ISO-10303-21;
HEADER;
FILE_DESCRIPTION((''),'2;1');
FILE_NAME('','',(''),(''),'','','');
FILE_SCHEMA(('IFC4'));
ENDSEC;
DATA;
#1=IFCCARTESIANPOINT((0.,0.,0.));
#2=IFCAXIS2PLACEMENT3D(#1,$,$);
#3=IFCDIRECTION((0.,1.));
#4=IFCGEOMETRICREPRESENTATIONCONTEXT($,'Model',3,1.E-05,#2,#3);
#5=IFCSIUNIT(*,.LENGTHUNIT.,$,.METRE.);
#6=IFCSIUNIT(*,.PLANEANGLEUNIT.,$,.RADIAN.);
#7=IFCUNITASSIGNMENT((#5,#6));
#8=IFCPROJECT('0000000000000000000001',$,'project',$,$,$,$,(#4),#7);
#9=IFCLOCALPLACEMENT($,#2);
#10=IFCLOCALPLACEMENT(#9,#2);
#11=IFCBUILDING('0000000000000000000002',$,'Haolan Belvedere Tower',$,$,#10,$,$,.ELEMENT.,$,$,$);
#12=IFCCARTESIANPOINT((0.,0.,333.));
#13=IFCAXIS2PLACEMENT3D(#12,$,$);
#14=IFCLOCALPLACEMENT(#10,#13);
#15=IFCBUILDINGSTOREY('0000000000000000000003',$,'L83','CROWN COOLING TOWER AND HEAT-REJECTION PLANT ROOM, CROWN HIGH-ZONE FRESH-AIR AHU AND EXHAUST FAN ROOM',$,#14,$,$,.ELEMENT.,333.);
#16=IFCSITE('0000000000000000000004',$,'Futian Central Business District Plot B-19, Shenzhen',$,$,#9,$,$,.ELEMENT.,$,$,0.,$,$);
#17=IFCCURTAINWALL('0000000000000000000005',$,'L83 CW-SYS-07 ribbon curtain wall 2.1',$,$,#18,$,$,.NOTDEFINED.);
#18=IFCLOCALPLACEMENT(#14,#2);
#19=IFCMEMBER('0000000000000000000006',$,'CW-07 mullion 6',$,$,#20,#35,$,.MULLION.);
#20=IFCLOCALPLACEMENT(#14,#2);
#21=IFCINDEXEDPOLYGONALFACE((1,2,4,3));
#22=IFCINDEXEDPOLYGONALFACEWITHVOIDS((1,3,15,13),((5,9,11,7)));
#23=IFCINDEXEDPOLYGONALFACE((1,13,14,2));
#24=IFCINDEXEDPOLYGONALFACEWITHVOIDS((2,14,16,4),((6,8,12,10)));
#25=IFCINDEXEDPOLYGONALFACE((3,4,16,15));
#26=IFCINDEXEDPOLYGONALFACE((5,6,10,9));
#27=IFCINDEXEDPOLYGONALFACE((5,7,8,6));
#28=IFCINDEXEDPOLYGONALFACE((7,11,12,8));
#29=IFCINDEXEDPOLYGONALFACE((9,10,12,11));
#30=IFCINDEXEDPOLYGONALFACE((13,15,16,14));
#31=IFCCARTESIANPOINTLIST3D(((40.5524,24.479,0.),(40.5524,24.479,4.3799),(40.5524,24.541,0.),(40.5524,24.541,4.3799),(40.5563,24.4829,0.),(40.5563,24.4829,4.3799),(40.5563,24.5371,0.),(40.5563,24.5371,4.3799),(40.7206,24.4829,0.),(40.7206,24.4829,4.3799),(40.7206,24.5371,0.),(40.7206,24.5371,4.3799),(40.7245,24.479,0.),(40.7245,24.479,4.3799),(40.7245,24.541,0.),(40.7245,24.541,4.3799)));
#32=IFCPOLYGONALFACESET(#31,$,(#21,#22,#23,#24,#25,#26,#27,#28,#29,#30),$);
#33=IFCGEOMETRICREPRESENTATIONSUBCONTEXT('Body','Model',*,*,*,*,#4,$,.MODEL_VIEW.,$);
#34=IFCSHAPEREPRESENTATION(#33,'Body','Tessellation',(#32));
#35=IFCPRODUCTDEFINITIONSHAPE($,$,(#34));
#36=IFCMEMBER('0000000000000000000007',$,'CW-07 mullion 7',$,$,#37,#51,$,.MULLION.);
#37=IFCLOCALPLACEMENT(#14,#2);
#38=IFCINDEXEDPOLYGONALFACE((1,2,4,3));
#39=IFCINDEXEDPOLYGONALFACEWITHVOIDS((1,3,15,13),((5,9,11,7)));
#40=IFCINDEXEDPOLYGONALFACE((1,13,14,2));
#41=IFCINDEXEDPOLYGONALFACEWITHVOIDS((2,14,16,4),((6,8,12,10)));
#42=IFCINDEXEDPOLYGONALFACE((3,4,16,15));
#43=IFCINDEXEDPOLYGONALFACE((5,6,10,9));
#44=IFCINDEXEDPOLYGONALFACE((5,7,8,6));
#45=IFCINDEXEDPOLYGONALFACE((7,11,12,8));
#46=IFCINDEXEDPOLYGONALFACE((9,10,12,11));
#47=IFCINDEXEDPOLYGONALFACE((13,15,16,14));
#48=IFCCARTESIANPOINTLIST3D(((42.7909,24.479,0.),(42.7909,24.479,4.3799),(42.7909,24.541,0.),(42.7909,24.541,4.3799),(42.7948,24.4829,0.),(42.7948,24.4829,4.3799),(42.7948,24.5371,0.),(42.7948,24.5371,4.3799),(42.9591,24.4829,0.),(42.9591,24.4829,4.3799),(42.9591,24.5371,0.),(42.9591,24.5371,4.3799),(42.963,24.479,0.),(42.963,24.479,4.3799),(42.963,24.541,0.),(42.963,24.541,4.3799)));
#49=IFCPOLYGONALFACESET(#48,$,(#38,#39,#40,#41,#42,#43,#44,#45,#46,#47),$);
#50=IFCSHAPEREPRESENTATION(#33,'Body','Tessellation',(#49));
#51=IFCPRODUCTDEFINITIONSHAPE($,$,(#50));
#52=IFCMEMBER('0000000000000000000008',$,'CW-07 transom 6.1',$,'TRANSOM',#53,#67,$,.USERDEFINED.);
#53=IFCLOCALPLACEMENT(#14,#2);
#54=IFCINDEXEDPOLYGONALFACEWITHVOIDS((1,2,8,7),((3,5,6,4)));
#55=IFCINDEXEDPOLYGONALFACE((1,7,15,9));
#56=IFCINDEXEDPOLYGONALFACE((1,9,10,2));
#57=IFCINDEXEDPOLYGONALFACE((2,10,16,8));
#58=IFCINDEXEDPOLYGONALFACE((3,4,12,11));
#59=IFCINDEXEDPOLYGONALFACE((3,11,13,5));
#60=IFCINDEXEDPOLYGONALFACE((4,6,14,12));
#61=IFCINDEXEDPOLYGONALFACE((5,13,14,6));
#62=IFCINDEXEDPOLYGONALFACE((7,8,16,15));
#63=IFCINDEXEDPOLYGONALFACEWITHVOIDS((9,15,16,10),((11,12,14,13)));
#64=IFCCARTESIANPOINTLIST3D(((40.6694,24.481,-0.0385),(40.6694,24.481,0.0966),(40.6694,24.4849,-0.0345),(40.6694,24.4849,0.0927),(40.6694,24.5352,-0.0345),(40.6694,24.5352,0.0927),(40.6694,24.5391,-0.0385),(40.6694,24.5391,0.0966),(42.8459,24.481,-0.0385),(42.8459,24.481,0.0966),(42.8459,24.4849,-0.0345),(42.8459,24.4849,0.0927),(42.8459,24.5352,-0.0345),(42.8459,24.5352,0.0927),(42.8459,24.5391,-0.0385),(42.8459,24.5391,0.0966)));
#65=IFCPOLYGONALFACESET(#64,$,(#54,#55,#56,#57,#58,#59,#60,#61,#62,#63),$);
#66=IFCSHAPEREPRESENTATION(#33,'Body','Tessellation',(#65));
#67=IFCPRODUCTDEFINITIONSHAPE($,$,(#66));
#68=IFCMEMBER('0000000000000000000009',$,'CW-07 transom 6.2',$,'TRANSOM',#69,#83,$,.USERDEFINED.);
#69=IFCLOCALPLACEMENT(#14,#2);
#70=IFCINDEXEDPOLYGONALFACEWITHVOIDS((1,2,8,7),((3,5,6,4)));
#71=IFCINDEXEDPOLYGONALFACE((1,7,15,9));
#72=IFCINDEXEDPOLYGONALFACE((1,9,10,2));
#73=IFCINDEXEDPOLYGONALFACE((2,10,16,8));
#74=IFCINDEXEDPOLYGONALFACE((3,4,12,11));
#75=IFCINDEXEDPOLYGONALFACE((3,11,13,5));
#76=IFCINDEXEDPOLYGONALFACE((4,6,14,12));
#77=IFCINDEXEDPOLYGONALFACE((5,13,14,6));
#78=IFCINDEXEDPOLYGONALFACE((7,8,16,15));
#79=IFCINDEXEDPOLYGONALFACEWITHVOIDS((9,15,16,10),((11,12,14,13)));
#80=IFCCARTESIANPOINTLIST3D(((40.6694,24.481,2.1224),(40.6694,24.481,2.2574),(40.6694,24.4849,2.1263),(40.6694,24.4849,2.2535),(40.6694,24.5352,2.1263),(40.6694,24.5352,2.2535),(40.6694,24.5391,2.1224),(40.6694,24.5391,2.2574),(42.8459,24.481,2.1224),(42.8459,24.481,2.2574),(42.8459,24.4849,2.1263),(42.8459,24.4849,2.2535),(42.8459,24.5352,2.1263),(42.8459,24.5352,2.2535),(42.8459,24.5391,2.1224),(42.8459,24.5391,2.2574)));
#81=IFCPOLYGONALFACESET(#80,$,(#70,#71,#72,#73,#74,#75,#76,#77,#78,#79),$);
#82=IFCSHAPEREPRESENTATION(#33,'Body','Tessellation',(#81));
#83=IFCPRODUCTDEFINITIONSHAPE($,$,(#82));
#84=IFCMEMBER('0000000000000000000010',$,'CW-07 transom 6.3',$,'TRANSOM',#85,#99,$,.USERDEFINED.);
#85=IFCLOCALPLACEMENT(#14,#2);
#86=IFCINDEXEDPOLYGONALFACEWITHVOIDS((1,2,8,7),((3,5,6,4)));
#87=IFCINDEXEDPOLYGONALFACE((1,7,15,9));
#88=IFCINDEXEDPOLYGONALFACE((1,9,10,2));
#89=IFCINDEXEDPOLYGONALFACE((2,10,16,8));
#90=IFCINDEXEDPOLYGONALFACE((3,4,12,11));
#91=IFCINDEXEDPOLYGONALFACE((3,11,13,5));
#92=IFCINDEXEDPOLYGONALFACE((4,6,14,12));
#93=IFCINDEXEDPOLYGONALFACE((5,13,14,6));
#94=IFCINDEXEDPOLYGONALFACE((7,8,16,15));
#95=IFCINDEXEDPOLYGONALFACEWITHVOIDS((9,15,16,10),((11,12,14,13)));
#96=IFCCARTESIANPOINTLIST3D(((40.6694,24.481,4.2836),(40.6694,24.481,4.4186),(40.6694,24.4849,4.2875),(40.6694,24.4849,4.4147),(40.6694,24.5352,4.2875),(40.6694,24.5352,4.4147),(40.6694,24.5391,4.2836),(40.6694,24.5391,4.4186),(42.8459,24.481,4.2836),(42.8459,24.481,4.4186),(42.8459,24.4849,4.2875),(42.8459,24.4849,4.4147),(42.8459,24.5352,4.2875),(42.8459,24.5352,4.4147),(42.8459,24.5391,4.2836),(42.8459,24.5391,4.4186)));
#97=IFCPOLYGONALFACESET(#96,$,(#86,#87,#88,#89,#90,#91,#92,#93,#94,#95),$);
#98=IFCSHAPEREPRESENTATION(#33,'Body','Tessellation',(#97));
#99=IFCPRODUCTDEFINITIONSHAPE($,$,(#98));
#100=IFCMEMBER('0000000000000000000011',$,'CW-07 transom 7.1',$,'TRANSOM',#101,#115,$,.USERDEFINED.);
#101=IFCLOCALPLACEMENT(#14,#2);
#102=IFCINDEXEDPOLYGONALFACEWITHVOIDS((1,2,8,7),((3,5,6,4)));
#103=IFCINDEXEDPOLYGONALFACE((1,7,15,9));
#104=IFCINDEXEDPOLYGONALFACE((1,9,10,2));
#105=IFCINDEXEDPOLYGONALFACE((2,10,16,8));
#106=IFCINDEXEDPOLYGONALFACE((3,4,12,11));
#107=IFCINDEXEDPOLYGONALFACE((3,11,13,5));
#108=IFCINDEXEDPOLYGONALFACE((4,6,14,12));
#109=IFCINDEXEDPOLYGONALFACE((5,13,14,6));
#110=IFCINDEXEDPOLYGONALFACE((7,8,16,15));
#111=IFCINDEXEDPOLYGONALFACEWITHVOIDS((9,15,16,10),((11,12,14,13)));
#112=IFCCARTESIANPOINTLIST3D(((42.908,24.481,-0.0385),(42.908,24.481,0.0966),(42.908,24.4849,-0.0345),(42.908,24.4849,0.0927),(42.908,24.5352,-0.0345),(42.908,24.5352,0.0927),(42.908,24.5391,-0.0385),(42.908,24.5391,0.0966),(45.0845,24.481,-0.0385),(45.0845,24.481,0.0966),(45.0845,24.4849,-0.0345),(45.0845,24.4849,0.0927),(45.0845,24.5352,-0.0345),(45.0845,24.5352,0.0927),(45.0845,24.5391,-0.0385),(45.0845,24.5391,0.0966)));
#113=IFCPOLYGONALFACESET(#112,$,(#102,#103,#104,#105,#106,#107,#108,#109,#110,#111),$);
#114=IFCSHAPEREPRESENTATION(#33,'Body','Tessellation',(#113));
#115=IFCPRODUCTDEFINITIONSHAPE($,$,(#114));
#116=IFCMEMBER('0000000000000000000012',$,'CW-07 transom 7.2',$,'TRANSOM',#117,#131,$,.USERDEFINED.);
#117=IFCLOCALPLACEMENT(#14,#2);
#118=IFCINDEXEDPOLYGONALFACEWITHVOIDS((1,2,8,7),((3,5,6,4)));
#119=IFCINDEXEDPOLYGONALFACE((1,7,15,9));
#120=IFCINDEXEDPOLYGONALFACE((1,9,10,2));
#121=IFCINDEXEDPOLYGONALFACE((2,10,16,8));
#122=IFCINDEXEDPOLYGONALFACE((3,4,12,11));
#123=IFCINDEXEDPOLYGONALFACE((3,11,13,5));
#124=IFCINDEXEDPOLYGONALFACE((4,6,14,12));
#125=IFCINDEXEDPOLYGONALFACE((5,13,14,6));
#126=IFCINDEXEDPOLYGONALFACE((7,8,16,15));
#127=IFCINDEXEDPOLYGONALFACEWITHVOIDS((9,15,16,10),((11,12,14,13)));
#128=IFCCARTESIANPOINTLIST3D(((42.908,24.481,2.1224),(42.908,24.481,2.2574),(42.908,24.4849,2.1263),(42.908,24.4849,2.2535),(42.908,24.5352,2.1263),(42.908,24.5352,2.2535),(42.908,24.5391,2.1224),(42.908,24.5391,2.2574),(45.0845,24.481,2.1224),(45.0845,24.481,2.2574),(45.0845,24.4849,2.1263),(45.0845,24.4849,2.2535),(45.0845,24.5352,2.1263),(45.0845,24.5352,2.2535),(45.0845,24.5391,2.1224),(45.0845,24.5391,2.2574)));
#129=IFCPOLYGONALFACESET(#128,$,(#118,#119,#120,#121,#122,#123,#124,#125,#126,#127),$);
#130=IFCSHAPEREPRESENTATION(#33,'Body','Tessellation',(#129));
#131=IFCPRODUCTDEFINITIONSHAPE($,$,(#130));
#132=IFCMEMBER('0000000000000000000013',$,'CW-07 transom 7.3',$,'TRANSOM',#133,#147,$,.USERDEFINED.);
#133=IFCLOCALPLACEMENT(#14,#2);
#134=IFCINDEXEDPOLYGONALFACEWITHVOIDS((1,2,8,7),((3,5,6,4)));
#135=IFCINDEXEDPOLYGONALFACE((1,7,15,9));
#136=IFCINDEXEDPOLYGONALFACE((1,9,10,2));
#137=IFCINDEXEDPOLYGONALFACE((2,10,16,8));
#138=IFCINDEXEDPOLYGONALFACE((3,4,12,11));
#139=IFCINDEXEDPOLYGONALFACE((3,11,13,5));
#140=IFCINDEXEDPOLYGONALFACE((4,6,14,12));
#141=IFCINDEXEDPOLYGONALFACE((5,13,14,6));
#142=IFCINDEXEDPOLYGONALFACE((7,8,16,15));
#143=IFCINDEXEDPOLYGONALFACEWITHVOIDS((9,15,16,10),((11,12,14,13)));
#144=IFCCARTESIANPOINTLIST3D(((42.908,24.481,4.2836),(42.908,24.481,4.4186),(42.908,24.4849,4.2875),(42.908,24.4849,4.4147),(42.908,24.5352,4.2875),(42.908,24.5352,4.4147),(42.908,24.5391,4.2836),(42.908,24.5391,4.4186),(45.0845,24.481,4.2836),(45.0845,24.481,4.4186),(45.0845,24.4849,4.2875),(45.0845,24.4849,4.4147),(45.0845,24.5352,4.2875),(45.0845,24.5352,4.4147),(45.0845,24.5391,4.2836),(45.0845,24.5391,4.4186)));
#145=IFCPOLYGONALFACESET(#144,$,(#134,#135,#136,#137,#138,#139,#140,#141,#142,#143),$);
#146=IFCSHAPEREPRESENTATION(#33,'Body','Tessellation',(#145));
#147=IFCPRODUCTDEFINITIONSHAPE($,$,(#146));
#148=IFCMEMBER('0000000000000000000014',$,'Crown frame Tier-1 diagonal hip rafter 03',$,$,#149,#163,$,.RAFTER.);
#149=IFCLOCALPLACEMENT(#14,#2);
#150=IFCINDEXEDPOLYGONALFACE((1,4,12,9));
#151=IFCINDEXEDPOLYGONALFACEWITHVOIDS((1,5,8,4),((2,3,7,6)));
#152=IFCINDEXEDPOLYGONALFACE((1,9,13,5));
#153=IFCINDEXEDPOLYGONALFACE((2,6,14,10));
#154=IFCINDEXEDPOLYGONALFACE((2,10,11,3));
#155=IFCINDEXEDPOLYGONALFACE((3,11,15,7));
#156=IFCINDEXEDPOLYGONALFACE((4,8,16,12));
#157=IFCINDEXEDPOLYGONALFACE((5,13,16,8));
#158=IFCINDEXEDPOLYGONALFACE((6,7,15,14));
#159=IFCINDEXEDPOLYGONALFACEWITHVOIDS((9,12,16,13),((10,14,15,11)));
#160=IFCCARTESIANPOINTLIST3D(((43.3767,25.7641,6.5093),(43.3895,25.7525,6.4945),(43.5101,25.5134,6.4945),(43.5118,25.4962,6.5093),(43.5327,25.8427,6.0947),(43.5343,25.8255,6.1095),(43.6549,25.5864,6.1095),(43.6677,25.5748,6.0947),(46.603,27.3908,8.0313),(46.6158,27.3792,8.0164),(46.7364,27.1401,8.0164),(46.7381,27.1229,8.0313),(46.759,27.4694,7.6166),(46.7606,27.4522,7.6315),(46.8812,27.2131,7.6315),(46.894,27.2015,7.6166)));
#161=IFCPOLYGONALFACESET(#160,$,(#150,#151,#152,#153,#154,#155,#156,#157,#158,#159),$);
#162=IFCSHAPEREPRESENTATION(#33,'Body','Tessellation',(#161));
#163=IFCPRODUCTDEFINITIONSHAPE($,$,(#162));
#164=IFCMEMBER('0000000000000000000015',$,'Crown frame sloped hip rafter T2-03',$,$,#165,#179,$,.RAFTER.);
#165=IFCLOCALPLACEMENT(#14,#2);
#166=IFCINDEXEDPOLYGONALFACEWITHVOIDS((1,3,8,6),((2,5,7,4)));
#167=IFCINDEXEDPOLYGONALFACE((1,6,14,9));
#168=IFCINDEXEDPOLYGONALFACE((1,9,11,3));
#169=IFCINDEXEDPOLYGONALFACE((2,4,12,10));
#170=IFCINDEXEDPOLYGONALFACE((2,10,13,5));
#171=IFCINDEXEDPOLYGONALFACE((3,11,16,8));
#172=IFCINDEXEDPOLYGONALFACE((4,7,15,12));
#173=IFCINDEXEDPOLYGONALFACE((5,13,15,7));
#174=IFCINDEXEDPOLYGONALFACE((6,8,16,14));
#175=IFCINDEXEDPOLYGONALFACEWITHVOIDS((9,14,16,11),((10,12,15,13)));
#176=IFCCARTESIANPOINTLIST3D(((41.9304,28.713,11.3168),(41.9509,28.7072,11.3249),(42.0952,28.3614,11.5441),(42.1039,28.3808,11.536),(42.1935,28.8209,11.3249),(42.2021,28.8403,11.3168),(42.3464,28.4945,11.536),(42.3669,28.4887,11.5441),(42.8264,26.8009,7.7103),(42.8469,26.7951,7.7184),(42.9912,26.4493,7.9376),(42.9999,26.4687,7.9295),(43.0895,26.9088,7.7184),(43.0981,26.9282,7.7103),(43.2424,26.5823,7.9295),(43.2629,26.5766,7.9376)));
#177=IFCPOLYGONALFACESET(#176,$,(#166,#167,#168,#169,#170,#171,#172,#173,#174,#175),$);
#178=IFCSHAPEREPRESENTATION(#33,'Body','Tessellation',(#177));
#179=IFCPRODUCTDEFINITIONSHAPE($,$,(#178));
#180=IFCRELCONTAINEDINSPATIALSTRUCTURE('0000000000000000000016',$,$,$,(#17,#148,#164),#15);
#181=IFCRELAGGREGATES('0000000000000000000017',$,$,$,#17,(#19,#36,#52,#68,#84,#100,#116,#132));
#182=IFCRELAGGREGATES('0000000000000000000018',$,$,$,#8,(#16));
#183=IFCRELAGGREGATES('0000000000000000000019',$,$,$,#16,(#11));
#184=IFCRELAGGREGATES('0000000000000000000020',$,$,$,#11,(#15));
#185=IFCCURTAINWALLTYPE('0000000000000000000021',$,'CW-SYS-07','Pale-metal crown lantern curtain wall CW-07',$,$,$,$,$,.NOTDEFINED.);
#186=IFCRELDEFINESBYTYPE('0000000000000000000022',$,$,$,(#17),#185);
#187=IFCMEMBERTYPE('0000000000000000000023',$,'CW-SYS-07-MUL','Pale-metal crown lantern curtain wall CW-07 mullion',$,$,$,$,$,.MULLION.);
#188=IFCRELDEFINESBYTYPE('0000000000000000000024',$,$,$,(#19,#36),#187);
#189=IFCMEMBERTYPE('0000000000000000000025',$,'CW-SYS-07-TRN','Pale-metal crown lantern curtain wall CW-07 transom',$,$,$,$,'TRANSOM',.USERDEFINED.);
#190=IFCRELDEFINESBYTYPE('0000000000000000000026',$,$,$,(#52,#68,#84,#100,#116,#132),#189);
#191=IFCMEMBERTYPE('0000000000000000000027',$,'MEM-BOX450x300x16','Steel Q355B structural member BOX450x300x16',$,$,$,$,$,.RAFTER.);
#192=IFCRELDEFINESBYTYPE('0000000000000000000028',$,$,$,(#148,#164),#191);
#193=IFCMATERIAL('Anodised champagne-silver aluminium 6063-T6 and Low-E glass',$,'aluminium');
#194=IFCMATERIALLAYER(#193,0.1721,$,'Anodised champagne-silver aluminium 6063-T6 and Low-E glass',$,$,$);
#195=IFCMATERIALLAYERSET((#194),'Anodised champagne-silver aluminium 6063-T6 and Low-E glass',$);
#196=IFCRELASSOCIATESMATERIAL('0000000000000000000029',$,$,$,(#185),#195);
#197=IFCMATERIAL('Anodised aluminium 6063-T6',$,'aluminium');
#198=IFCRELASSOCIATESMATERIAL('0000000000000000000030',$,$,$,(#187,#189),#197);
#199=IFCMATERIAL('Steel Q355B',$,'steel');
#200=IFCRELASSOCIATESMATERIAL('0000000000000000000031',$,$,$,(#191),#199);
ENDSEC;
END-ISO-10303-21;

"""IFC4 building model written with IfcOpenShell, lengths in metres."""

from ifc_helpers import new_model, si_unit, direction, frame, origin, origin_2d, place, context, subcontext, project, spatial, hollow_rectangle, extrude, material, layer, layer_set, material_profile, profile_set, type_object, element, aggregate, save


model = new_model("IFC4")

# Units and contexts
model_context = context("Model", 3, precision=1e-05, world=origin(), true_north=direction((0.0, 1.0)))
body_context = subcontext(model_context, "Body", "Model", "MODEL_VIEW")
ifc_project = project(units=[si_unit("LENGTHUNIT", "METRE"), si_unit("PLANEANGLEUNIT", "RADIAN")], contexts=[model_context])

# Site, building, storey
site_placement = place(None, origin())
site = spatial("IfcSite", under=ifc_project, at=site_placement, Name="Futian Central Business District Plot B-19, Shenzhen", CompositionType="ELEMENT", RefElevation=0.0)
building_placement = place(site_placement, origin())
building = spatial("IfcBuilding", under=site, at=building_placement, Name="Haolan Belvedere Tower", CompositionType="ELEMENT")
storey_placement = place(building_placement, frame((0.0, 0.0, 333.0)))
storey = spatial("IfcBuildingStorey", under=building, at=storey_placement, Name="L83", Description="CROWN COOLING TOWER AND HEAT-REJECTION PLANT ROOM, CROWN HIGH-ZONE FRESH-AIR AHU AND EXHAUST FAN ROOM", CompositionType="ELEMENT", Elevation=333.0)

# Curtain wall, members
ifc_material_1 = material(Name="Anodised champagne-silver aluminium 6063-T6 and Low-E glass", Category="aluminium")
ifc_layer_1 = layer(ifc_material_1, 0.1721, Name="Anodised champagne-silver aluminium 6063-T6 and Low-E glass")
ifc_layer_set_1 = layer_set([ifc_layer_1], Name="Anodised champagne-silver aluminium 6063-T6 and Low-E glass")
curtain_wall_type = type_object("IfcCurtainWallType", Name="CW-SYS-07", Description="Pale-metal crown lantern curtain wall CW-07", PredefinedType="NOTDEFINED", material=ifc_layer_set_1)
curtain_wall_placement = place(storey_placement, origin())
curtain_wall = element("IfcCurtainWall", 1, at=curtain_wall_placement, inside=storey, type_object=curtain_wall_type, Name="L83 CW-SYS-07 ribbon curtain wall 2.1", PredefinedType="NOTDEFINED")
ifc_material_2 = material(Name="Anodised aluminium 6063-T6", Category="aluminium")
ifc_material_profile_1 = material_profile(ifc_material_2, hollow_rectangle(XDim=0.062, YDim=0.1721, WallThickness=0.0039, at=origin_2d()), Name="Anodised aluminium 6063-T6")
ifc_profile_set_1 = profile_set([ifc_material_profile_1], Name="Anodised aluminium 6063-T6")
member_type_1 = type_object("IfcMemberType", Name="CW-SYS-07-MUL", Description="Pale-metal crown lantern curtain wall CW-07 mullion", PredefinedType="MULLION", material=ifc_profile_set_1)
member_1_placement = place(storey_placement, frame((40.6384, 24.51, 0.0), z_axis=(0.0, 0.0, 1.0), x_axis=(0.0, 1.0, 0.0)))
member_1 = element("IfcMember", 2, at=member_1_placement, type_object=member_type_1, Name="CW-07 mullion 6", PredefinedType="MULLION", context=body_context, shape_type="SweptSolid", body=[
    extrude(hollow_rectangle(XDim=0.062, YDim=0.1721, WallThickness=0.0039, at=origin_2d()), origin(), (0.0, 0.0, 1.0), 4.3799),
])
member_2_placement = place(storey_placement, frame((42.877, 24.51, 0.0), z_axis=(0.0, 0.0, 1.0), x_axis=(0.0, 1.0, 0.0)))
member_2 = element("IfcMember", 3, at=member_2_placement, type_object=member_type_1, Name="CW-07 mullion 7", PredefinedType="MULLION", context=body_context, shape_type="SweptSolid", body=[
    extrude(hollow_rectangle(XDim=0.062, YDim=0.1721, WallThickness=0.0039, at=origin_2d()), origin(), (0.0, 0.0, 1.0), 4.3799),
])
ifc_material_profile_2 = material_profile(ifc_material_2, hollow_rectangle(XDim=0.0581, YDim=0.135, WallThickness=0.0039, at=origin_2d()), Name="Anodised aluminium 6063-T6")
ifc_profile_set_2 = profile_set([ifc_material_profile_2], Name="Anodised aluminium 6063-T6")
member_type_2 = type_object("IfcMemberType", Name="CW-SYS-07-TRN", Description="Pale-metal crown lantern curtain wall CW-07 transom", ElementType="TRANSOM", PredefinedType="USERDEFINED", material=ifc_profile_set_2)
member_3_placement = place(storey_placement, frame((40.6694, 24.51, 0.0291), z_axis=(1.0, 0.0, 0.0), x_axis=(0.0, 1.0, 0.0)))
member_3 = element("IfcMember", 4, at=member_3_placement, type_object=member_type_2, Name="CW-07 transom 6.1", ObjectType="TRANSOM", PredefinedType="USERDEFINED", context=body_context, shape_type="SweptSolid", body=[
    extrude(hollow_rectangle(XDim=0.0581, YDim=0.135, WallThickness=0.0039, at=origin_2d()), origin(), (0.0, 0.0, 1.0), 2.1765),
])
member_4_placement = place(storey_placement, frame((40.6694, 24.51, 2.1899), z_axis=(1.0, 0.0, 0.0), x_axis=(0.0, 1.0, 0.0)))
member_4 = element("IfcMember", 5, at=member_4_placement, type_object=member_type_2, Name="CW-07 transom 6.2", ObjectType="TRANSOM", PredefinedType="USERDEFINED", context=body_context, shape_type="SweptSolid", body=[
    extrude(hollow_rectangle(XDim=0.0581, YDim=0.135, WallThickness=0.0039, at=origin_2d()), origin(), (0.0, 0.0, 1.0), 2.1765),
])
member_5_placement = place(storey_placement, frame((40.6694, 24.51, 4.3511), z_axis=(1.0, 0.0, 0.0), x_axis=(0.0, 1.0, 0.0)))
member_5 = element("IfcMember", 6, at=member_5_placement, type_object=member_type_2, Name="CW-07 transom 6.3", ObjectType="TRANSOM", PredefinedType="USERDEFINED", context=body_context, shape_type="SweptSolid", body=[
    extrude(hollow_rectangle(XDim=0.0581, YDim=0.135, WallThickness=0.0039, at=origin_2d()), origin(), (0.0, 0.0, 1.0), 2.1765),
])
member_6_placement = place(storey_placement, frame((42.908, 24.51, 0.0291), z_axis=(1.0, 0.0, 0.0), x_axis=(0.0, 1.0, 0.0)))
member_6 = element("IfcMember", 7, at=member_6_placement, type_object=member_type_2, Name="CW-07 transom 7.1", ObjectType="TRANSOM", PredefinedType="USERDEFINED", context=body_context, shape_type="SweptSolid", body=[
    extrude(hollow_rectangle(XDim=0.0581, YDim=0.135, WallThickness=0.0039, at=origin_2d()), origin(), (0.0, 0.0, 1.0), 2.1765),
])
member_7_placement = place(storey_placement, frame((42.908, 24.51, 2.1899), z_axis=(1.0, 0.0, 0.0), x_axis=(0.0, 1.0, 0.0)))
member_7 = element("IfcMember", 8, at=member_7_placement, type_object=member_type_2, Name="CW-07 transom 7.2", ObjectType="TRANSOM", PredefinedType="USERDEFINED", context=body_context, shape_type="SweptSolid", body=[
    extrude(hollow_rectangle(XDim=0.0581, YDim=0.135, WallThickness=0.0039, at=origin_2d()), origin(), (0.0, 0.0, 1.0), 2.1765),
])
member_8_placement = place(storey_placement, frame((42.908, 24.51, 4.3511), z_axis=(1.0, 0.0, 0.0), x_axis=(0.0, 1.0, 0.0)))
member_8 = element("IfcMember", 9, at=member_8_placement, type_object=member_type_2, Name="CW-07 transom 7.3", ObjectType="TRANSOM", PredefinedType="USERDEFINED", context=body_context, shape_type="SweptSolid", body=[
    extrude(hollow_rectangle(XDim=0.0581, YDim=0.135, WallThickness=0.0039, at=origin_2d()), origin(), (0.0, 0.0, 1.0), 2.1765),
])

# Members
ifc_material_3 = material(Name="Steel Q355B", Category="steel")
ifc_material_profile_3 = material_profile(ifc_material_3, hollow_rectangle(XDim=0.3, YDim=0.45, WallThickness=0.0161, at=origin_2d()), Name="Steel Q355B")
ifc_profile_set_3 = profile_set([ifc_material_profile_3], Name="Steel Q355B")
member_type_3 = type_object("IfcMemberType", Name="MEM-BOX450x300x16", Description="Steel Q355B structural member BOX450x300x16", PredefinedType="RAFTER", material=ifc_profile_set_3)
member_9_placement = place(storey_placement, frame((43.5222, 25.6694, 6.302), z_axis=(0.822898, 0.414905, 0.388191), x_axis=(-0.450211, 0.892922, 0.0)))
element("IfcMember", 10, at=member_9_placement, inside=storey, type_object=member_type_3, Name="Crown frame Tier-1 diagonal hip rafter 03", PredefinedType="RAFTER", context=body_context, shape_type="SweptSolid", body=[
    extrude(hollow_rectangle(XDim=0.3, YDim=0.45, WallThickness=0.0161, at=origin_2d()), origin(), (0.0, 0.0, 1.0), 3.9207),
])
member_10_placement = place(storey_placement, frame((43.0447, 26.6887, 7.824), z_axis=(-0.214396, 0.457534, 0.862958), x_axis=(-0.905514, -0.424315, 0.0)))
element("IfcMember", 11, at=member_10_placement, inside=storey, type_object=member_type_3, Name="Crown frame sloped hip rafter T2-03", PredefinedType="RAFTER", context=body_context, shape_type="SweptSolid", body=[
    extrude(hollow_rectangle(XDim=0.3, YDim=0.45, WallThickness=0.0161, at=origin_2d()), origin(), (0.0, 0.0, 1.0), 4.1792),
])

aggregate(curtain_wall, [member_1, member_2, member_3, member_4, member_5, member_6, member_7, member_8])

save(model, "model.ifc")
